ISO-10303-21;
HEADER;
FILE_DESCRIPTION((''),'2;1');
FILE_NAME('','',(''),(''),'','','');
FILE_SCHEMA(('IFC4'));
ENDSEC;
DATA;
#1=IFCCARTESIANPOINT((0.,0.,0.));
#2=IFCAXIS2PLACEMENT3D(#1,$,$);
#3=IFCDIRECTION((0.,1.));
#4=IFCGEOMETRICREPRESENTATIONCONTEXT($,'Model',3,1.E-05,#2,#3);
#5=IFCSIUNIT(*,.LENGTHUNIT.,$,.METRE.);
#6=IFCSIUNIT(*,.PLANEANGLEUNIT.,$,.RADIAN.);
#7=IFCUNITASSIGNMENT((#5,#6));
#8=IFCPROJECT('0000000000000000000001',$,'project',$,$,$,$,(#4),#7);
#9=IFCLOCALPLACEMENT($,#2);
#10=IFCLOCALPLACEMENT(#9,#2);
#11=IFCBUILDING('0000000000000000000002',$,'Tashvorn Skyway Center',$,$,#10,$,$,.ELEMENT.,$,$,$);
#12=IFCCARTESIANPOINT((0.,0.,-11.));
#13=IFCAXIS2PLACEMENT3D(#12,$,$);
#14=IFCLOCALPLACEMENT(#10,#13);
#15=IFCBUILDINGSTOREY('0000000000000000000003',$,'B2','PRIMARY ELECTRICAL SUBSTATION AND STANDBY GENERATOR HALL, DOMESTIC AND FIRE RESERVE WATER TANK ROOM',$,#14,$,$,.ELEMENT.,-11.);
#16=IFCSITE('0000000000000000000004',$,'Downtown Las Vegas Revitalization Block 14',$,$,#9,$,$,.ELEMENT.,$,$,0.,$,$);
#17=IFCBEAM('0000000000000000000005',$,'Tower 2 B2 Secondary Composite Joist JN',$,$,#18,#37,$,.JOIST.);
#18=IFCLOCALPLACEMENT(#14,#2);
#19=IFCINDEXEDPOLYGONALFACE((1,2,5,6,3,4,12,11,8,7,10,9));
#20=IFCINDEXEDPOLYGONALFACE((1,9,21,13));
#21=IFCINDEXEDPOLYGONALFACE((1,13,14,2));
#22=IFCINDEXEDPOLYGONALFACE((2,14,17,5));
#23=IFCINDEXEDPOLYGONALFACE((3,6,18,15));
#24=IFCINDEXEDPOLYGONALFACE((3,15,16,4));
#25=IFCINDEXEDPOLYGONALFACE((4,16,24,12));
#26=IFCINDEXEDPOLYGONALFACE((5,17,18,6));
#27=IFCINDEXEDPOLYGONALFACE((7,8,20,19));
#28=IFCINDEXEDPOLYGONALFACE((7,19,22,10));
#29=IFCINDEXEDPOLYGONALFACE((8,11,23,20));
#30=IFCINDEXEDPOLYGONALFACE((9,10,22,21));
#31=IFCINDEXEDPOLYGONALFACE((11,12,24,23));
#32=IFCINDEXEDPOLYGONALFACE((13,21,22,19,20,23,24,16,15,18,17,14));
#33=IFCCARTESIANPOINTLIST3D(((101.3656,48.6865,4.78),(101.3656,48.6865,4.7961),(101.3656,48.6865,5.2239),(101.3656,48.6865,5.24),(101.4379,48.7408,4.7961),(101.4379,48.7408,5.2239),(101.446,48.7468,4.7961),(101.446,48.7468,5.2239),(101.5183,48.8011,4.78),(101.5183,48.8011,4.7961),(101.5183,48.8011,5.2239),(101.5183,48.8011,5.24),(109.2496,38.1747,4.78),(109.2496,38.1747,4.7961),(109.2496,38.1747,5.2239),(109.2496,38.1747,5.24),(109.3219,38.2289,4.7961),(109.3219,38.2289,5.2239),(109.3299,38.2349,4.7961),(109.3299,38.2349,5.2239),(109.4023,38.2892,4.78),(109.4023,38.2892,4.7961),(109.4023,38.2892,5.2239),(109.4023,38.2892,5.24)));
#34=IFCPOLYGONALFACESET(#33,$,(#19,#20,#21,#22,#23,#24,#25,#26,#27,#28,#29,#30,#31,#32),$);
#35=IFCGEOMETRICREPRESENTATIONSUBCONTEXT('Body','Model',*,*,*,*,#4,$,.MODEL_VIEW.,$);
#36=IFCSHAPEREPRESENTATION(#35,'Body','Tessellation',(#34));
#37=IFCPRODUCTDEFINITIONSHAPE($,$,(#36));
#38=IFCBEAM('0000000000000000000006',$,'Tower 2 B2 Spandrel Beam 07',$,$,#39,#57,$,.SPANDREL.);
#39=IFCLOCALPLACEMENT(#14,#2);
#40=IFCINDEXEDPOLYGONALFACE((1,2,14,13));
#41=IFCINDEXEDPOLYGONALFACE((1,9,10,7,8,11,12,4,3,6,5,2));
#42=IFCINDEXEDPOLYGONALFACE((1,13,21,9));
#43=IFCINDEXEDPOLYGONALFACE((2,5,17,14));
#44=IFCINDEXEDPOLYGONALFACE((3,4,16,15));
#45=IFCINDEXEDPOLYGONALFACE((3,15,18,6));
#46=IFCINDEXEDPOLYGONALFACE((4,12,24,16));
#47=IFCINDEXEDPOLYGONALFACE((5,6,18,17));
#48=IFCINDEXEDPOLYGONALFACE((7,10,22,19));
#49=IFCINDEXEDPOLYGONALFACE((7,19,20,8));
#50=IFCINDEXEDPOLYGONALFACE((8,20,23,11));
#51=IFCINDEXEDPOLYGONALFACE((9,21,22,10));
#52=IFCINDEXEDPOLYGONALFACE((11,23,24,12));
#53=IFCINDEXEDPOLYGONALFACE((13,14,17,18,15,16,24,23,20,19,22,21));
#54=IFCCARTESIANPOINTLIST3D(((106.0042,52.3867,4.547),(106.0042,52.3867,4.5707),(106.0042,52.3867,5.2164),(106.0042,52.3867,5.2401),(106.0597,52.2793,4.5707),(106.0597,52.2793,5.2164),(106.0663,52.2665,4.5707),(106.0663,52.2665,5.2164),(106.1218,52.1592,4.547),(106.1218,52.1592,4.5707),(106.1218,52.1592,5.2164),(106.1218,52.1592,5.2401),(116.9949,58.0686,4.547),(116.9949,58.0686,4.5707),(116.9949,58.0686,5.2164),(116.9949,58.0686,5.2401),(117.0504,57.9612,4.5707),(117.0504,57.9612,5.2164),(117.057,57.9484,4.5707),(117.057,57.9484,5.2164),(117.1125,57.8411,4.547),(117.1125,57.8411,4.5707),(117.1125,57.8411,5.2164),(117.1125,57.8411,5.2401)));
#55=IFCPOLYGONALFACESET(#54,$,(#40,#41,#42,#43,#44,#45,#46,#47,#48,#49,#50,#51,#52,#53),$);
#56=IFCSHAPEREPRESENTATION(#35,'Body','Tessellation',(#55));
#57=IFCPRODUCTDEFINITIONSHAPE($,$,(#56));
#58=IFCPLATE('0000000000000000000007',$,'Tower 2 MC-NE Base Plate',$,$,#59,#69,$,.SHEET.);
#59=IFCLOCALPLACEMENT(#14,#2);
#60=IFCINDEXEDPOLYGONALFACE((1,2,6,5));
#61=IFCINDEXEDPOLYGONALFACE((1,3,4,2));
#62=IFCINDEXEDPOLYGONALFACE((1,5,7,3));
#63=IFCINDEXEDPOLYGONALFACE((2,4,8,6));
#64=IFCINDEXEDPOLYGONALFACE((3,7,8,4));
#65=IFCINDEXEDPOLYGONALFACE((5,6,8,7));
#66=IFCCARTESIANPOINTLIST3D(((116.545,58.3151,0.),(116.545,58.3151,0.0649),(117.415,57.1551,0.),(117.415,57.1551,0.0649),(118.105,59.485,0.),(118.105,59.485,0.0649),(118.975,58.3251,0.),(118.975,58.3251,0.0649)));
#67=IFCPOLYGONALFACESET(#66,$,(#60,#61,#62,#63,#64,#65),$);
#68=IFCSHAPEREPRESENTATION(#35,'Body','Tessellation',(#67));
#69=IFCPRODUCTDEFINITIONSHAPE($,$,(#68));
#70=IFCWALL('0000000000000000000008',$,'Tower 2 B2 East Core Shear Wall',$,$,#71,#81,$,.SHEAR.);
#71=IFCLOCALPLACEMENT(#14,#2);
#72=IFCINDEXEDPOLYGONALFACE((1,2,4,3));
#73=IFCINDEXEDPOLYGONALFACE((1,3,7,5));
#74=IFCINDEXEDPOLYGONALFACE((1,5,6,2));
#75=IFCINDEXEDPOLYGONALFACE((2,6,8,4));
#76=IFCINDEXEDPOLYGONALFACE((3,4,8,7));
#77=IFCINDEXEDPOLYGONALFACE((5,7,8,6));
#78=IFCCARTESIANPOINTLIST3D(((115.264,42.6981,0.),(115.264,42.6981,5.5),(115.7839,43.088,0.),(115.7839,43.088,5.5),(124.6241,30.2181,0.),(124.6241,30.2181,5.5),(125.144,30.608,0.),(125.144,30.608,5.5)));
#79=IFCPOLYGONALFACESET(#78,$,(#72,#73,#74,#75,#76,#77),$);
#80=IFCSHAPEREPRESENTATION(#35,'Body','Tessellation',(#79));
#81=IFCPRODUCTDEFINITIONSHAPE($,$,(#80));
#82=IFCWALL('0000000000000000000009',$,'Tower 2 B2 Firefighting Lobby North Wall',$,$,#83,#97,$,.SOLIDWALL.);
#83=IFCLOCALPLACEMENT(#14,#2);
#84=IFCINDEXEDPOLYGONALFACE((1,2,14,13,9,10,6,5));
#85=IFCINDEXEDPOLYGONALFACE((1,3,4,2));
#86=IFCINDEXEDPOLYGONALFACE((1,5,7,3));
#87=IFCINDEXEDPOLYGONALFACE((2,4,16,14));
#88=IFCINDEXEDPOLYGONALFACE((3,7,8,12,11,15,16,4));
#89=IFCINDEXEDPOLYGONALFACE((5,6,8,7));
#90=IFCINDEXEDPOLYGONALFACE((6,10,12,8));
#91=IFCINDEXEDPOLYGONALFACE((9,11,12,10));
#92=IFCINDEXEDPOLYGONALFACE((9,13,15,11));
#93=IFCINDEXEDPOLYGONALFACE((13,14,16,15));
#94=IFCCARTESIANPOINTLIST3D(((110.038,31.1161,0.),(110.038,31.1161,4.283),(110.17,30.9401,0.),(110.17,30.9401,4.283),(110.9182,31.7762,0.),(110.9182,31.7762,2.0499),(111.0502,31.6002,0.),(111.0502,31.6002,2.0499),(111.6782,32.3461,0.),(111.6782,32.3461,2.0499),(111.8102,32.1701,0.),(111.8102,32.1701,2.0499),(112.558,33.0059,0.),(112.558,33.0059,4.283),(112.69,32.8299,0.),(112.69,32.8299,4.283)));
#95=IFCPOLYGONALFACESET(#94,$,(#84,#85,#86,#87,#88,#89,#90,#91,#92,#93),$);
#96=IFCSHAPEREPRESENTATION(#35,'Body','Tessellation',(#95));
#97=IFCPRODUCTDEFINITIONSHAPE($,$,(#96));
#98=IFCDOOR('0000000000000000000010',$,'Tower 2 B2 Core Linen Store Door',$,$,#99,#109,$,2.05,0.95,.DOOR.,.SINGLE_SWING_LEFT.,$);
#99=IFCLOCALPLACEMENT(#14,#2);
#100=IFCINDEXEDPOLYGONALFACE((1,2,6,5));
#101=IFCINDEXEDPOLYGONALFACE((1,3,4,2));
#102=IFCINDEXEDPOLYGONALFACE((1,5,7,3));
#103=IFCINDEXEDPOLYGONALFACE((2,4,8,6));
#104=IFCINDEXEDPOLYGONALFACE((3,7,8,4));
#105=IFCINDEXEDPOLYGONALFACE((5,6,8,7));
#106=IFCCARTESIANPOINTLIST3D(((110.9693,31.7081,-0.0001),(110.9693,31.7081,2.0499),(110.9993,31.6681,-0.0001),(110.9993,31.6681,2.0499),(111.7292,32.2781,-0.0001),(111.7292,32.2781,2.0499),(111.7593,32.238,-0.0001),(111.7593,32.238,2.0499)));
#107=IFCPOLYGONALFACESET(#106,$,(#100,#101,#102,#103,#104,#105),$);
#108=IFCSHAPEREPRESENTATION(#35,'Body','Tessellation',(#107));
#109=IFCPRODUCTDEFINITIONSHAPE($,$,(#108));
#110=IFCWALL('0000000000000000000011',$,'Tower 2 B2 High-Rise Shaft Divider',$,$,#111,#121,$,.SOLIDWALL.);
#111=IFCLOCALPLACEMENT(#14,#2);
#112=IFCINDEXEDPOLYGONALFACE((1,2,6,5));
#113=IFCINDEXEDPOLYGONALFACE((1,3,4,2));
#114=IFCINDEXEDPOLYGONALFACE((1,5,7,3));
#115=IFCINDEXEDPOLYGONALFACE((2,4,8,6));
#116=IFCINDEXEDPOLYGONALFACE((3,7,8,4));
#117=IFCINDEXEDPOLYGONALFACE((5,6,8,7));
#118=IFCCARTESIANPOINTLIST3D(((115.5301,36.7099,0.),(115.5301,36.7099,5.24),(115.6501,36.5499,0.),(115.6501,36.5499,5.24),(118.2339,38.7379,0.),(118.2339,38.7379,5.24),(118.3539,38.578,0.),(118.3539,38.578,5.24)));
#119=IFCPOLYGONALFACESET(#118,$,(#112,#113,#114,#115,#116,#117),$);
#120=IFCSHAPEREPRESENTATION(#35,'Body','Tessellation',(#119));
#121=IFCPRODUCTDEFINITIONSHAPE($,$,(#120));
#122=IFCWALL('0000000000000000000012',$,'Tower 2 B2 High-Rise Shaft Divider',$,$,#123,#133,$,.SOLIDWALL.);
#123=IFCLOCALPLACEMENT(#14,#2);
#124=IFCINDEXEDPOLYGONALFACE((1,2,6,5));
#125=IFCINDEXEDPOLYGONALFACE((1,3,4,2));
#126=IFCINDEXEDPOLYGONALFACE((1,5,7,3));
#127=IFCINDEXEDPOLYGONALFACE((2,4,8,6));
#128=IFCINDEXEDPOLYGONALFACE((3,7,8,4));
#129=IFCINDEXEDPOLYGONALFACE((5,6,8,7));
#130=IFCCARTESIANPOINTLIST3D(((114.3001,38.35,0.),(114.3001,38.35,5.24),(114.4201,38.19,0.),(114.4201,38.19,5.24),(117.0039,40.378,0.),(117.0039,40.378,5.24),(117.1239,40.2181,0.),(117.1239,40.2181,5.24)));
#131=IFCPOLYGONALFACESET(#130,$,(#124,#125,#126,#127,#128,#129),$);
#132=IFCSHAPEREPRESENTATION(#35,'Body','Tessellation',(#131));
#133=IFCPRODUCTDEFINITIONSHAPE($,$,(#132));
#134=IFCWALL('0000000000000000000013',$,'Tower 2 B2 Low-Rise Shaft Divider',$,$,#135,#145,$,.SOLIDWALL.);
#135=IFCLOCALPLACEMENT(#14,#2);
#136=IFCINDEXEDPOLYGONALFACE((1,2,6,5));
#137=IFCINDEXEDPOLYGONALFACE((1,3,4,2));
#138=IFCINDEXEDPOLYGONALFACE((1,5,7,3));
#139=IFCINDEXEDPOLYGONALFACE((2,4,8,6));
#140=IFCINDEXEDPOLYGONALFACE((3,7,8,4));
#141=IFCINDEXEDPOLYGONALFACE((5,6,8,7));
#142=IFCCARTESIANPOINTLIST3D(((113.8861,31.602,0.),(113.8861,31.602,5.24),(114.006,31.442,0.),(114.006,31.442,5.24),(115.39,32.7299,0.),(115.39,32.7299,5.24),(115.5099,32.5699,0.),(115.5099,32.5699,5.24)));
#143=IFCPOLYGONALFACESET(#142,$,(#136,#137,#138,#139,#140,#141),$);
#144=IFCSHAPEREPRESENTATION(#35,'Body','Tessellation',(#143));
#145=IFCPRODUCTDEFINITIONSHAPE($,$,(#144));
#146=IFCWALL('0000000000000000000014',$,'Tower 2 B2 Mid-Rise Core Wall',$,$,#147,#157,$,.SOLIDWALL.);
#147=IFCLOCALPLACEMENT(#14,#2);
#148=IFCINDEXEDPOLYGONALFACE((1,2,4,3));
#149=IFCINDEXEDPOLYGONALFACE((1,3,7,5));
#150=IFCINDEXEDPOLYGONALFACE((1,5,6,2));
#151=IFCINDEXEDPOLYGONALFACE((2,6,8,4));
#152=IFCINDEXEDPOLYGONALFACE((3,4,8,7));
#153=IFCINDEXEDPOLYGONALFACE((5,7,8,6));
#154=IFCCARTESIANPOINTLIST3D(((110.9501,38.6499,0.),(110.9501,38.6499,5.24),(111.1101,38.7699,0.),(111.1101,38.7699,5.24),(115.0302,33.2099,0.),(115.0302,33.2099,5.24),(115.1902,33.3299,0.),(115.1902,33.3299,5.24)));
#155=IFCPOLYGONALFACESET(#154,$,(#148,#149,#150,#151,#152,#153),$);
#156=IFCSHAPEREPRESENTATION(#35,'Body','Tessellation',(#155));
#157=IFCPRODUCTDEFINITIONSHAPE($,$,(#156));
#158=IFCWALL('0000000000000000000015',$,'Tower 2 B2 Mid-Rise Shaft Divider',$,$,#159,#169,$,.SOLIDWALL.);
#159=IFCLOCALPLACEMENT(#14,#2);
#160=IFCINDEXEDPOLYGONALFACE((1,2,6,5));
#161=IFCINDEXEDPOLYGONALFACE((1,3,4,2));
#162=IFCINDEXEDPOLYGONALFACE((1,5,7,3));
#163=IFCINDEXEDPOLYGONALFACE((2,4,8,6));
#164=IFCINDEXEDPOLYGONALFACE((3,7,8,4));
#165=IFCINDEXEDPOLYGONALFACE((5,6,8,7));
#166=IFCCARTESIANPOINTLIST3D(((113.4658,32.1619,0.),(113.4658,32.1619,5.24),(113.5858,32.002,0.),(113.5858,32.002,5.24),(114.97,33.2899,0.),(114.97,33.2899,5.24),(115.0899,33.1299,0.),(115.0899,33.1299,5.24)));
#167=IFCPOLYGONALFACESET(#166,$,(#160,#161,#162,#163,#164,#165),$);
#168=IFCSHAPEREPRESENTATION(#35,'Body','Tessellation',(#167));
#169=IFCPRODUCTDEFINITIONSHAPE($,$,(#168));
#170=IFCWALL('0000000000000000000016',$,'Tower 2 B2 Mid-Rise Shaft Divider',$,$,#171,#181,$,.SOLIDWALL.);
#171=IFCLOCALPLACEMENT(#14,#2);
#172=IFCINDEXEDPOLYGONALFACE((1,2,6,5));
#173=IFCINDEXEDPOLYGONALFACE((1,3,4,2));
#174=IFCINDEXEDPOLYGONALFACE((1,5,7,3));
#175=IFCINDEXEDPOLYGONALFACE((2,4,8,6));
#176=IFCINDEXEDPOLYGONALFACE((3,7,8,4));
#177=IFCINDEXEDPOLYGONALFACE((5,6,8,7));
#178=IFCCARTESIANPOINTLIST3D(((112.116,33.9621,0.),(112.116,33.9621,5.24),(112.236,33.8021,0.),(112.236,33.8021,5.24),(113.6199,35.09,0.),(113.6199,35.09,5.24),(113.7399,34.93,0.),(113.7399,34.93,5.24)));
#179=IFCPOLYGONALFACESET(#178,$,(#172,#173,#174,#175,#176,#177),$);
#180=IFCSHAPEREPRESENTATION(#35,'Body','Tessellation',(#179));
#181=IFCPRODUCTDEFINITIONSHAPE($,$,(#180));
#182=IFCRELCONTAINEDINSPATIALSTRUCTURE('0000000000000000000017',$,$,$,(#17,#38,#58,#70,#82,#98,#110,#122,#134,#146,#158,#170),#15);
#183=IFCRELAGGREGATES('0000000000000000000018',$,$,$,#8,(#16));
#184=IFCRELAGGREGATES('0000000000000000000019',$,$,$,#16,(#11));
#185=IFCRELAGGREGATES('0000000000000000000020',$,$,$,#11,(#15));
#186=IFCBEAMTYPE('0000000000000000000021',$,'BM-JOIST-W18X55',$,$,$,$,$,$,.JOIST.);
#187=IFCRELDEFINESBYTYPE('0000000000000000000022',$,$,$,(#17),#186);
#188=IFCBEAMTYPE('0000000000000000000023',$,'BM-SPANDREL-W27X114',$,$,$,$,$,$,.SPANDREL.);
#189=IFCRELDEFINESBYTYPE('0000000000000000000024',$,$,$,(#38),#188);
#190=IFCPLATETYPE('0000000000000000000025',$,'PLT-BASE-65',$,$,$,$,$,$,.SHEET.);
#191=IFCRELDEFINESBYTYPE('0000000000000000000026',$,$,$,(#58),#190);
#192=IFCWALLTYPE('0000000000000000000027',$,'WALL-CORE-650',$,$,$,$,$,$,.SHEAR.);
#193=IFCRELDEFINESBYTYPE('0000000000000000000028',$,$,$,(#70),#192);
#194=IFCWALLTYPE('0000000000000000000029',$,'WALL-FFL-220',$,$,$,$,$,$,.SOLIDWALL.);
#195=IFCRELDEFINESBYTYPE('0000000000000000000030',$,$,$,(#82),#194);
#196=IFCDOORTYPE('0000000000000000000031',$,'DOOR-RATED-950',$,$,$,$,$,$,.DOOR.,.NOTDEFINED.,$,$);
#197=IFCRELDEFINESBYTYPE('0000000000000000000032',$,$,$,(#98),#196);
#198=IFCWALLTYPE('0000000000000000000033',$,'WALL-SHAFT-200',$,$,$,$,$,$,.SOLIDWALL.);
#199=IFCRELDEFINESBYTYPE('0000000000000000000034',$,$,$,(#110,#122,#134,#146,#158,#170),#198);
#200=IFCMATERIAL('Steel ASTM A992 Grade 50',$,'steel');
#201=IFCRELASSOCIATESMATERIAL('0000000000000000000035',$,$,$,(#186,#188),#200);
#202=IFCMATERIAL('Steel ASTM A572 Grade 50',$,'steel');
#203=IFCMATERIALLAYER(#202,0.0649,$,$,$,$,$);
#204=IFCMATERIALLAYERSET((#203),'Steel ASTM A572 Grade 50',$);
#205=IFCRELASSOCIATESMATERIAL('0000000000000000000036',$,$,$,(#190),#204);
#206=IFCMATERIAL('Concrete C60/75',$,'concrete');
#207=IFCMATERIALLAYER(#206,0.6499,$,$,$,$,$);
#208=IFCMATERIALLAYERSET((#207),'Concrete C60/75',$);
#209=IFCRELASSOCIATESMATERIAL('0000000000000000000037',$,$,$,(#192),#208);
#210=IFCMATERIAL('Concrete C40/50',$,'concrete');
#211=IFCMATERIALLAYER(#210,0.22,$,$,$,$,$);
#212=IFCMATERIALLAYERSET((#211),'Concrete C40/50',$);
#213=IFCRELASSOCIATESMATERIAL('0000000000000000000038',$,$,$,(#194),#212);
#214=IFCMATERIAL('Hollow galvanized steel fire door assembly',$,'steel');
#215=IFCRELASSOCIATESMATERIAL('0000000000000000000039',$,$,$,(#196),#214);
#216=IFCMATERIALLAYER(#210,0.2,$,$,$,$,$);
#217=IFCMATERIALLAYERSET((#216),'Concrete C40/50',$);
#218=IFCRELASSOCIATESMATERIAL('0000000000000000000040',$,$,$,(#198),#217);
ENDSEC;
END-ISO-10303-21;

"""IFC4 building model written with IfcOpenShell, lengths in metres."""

from ifc_helpers import new_model, si_unit, direction, frame, frame_2d, origin, origin_2d, place, context, subcontext, project, spatial, rectangle, i_section, extrude, material, layer, layer_set, material_profile, profile_set, type_object, element, fill, save


model = new_model("IFC4")

# Units and contexts
model_context = context("Model", 3, precision=1e-05, world=origin(), true_north=direction((0.0, 1.0)))
body_context = subcontext(model_context, "Body", "Model", "MODEL_VIEW")
ifc_project = project(units=[si_unit("LENGTHUNIT", "METRE"), si_unit("PLANEANGLEUNIT", "RADIAN")], contexts=[model_context])

# Site, building, storey
site_placement = place(None, origin())
site = spatial("IfcSite", under=ifc_project, at=site_placement, Name="Downtown Las Vegas Revitalization Block 14", CompositionType="ELEMENT", RefElevation=0.0)
building_placement = place(site_placement, origin())
building = spatial("IfcBuilding", under=site, at=building_placement, Name="Tashvorn Skyway Center", CompositionType="ELEMENT")
storey_placement = place(building_placement, frame((0.0, 0.0, -11.0)))
storey = spatial("IfcBuildingStorey", under=building, at=storey_placement, Name="B2", Description="PRIMARY ELECTRICAL SUBSTATION AND STANDBY GENERATOR HALL, DOMESTIC AND FIRE RESERVE WATER TANK ROOM", CompositionType="ELEMENT", Elevation=-11.0)

# Shared definitions
ifc_material_1 = material(Name="Steel ASTM A572 Grade 50", Category="steel")

# Beams
ifc_material_2 = material(Name="Steel ASTM A992 Grade 50", Category="steel")
ifc_material_profile_1 = material_profile(ifc_material_2, i_section(OverallWidth=0.1909, OverallDepth=0.46, WebThickness=0.01, FlangeThickness=0.0161, at=origin_2d()), Name="W18X55")
ifc_profile_set_1 = profile_set([ifc_material_profile_1], Name="Steel ASTM A992 Grade 50")
beam_type_1 = type_object("IfcBeamType", Name="BM-JOIST-W18X55", PredefinedType="JOIST", material=ifc_profile_set_1)
beam_1_placement = place(storey_placement, frame((109.3259, 38.2319, 5.01), z_axis=(-0.600003, 0.799998, 0.0), x_axis=(-0.799998, -0.600003, 0.0)))
element("IfcBeam", 1, at=beam_1_placement, inside=storey, type_object=beam_type_1, Name="Tower 2 B2 Secondary Composite Joist JN", PredefinedType="JOIST", context=body_context, shape_type="SweptSolid", body=[
    extrude(i_section(OverallWidth=0.1909, OverallDepth=0.46, WebThickness=0.01, FlangeThickness=0.0161, at=origin_2d()), origin(), (0.0, 0.0, 1.0), 13.1399),
])
ifc_material_profile_2 = material_profile(ifc_material_2, i_section(OverallWidth=0.2561, OverallDepth=0.6931, WebThickness=0.0144, FlangeThickness=0.0237, at=origin_2d()), Name="W27X114")
ifc_profile_set_2 = profile_set([ifc_material_profile_2], Name="Steel ASTM A992 Grade 50")
beam_type_2 = type_object("IfcBeamType", Name="BM-SPANDREL-W27X114", PredefinedType="SPANDREL", material=ifc_profile_set_2)
beam_2_placement = place(storey_placement, frame((117.0537, 57.9548, 4.8936), z_axis=(-0.888316, -0.459233, 0.0), x_axis=(0.459233, -0.888316, 0.0)))
element("IfcBeam", 2, at=beam_2_placement, inside=storey, type_object=beam_type_2, Name="Tower 2 B2 Spandrel Beam 07", PredefinedType="SPANDREL", context=body_context, shape_type="SweptSolid", body=[
    extrude(i_section(OverallWidth=0.2561, OverallDepth=0.6931, WebThickness=0.0144, FlangeThickness=0.0237, at=origin_2d()), origin(), (0.0, 0.0, 1.0), 12.3726),
])

# Plate
ifc_layer_1 = layer(ifc_material_1, 0.0649)
ifc_layer_set_1 = layer_set([ifc_layer_1], Name="Steel ASTM A572 Grade 50")
plate_type = type_object("IfcPlateType", Name="PLT-BASE-65", PredefinedType="SHEET", material=ifc_layer_set_1)
plate_placement = place(storey_placement, frame((117.76, 58.3201, 0.0), z_axis=(0.0, 0.0, 1.0), x_axis=(0.8, 0.6, 0.0)))
element("IfcPlate", 3, at=plate_placement, inside=storey, type_object=plate_type, Name="Tower 2 MC-NE Base Plate", PredefinedType="SHEET", context=body_context, shape_type="SweptSolid", body=[
    extrude(rectangle(XDim=1.95, YDim=1.45, at=origin_2d()), origin(), (0.0, 0.0, 1.0), 0.0649),
])

# Wall
ifc_material_3 = material(Name="Concrete C60/75", Category="concrete")
ifc_layer_2 = layer(ifc_material_3, 0.6499)
ifc_layer_set_2 = layer_set([ifc_layer_2], Name="Concrete C60/75")
wall_type_1 = type_object("IfcWallType", Name="WALL-CORE-650", PredefinedType="SHEAR", material=ifc_layer_set_2)
wall_1_placement = place(storey_placement, frame((115.5239, 42.8931, 0.0), z_axis=(0.0, 0.0, 1.0), x_axis=(0.600005, -0.799996, 0.0)))
element("IfcWall", 4, at=wall_1_placement, inside=storey, type_object=wall_type_1, Name="Tower 2 B2 East Core Shear Wall", PredefinedType="SHEAR", context=body_context, shape_type="SweptSolid", body=[
    extrude(rectangle(XDim=15.6001, YDim=0.6499, at=frame_2d((7.8, 0.0))), origin(), (0.0, 0.0, 1.0), 5.5),
])

# Wall, opening, door
ifc_material_4 = material(Name="Concrete C40/50", Category="concrete")
ifc_layer_3 = layer(ifc_material_4, 0.22)
ifc_layer_set_3 = layer_set([ifc_layer_3], Name="Concrete C40/50")
wall_type_2 = type_object("IfcWallType", Name="WALL-FFL-220", PredefinedType="SOLIDWALL", material=ifc_layer_set_3)
wall_2_placement = place(storey_placement, frame((110.104, 31.0281, 0.0), z_axis=(0.0, 0.0, 1.0), x_axis=(0.800019, 0.599975, 0.0)))
wall_2 = element("IfcWall", 5, at=wall_2_placement, inside=storey, type_object=wall_type_2, Name="Tower 2 B2 Firefighting Lobby North Wall", PredefinedType="SOLIDWALL", context=body_context, shape_type="SweptSolid", body=[
    extrude(rectangle(XDim=3.1499, YDim=0.22, at=frame_2d((1.575, 0.0))), origin(), (0.0, 0.0, 1.0), 4.283),
])
opening_1_placement = place(wall_2_placement, frame((1.1001, 0.0, 0.0)))
opening_1 = element("IfcOpeningElement", 6, at=opening_1_placement, cuts=wall_2, PredefinedType="OPENING", context=body_context, shape_type="SweptSolid", body=[
    extrude(rectangle(XDim=0.95, YDim=2.05, at=frame_2d((0.4751, 1.0249))), frame((0.0, 0.1199, 0.0), z_axis=(0.0, -1.0, 0.0), x_axis=(1.0, 0.0, 0.0)), (0.0, 0.0, 1.0), 0.24),
])
ifc_material_5 = material(Name="Hollow galvanized steel fire door assembly", Category="steel")
door_type_1 = type_object("IfcDoorType", Name="DOOR-RATED-950", OperationType="NOTDEFINED", PredefinedType="DOOR", material=ifc_material_5)
door_1_placement = place(opening_1_placement, origin())
door_1 = element("IfcDoor", 7, at=door_1_placement, inside=storey, type_object=door_type_1, Name="Tower 2 B2 Core Linen Store Door", OperationType="SINGLE_SWING_LEFT", OverallHeight=2.05, OverallWidth=0.95, PredefinedType="DOOR", context=body_context, shape_type="SweptSolid", body=[
    extrude(rectangle(XDim=0.95, YDim=2.05, at=frame_2d((0.4751, 1.0249))), frame((0.0, 0.0249, 0.0), z_axis=(0.0, -1.0, 0.0), x_axis=(1.0, 0.0, 0.0)), (0.0, 0.0, 1.0), 0.05),
])
fill(opening_1, door_1)

# Walls
ifc_layer_4 = layer(ifc_material_4, 0.2)
ifc_layer_set_4 = layer_set([ifc_layer_4], Name="Concrete C40/50")
wall_type_3 = type_object("IfcWallType", Name="WALL-SHAFT-200", PredefinedType="SOLIDWALL", material=ifc_layer_set_4)
for number, where, z_axis, x_axis, name in (
    (8, (115.5901, 36.6299, 0.0), (0.0, 0.0, 1.0), (0.799974, 0.600035, 0.0), "Tower 2 B2 High-Rise Shaft Divider"),
    (9, (114.3601, 38.27, 0.0), (0.0, 0.0, 1.0), (0.799974, 0.600035, 0.0), "Tower 2 B2 High-Rise Shaft Divider"),
):
    element("IfcWall", number, at=place(storey_placement, frame(where, z_axis=z_axis, x_axis=x_axis)), inside=storey, type_object=wall_type_3, Name=name, PredefinedType="SOLIDWALL", context=body_context, shape_type="SweptSolid", body=[
        extrude(rectangle(XDim=3.3799, YDim=0.2, at=frame_2d((1.6899, 0.0))), origin(), (0.0, 0.0, 1.0), 5.24),
    ])
wall_3_placement = place(storey_placement, frame((113.946, 31.522, 0.0), z_axis=(0.0, 0.0, 1.0), x_axis=(0.8, 0.6, 0.0)))
element("IfcWall", 10, at=wall_3_placement, inside=storey, type_object=wall_type_3, Name="Tower 2 B2 Low-Rise Shaft Divider", PredefinedType="SOLIDWALL", context=body_context, shape_type="SweptSolid", body=[
    extrude(rectangle(XDim=1.8799, YDim=0.2, at=frame_2d((0.9399, 0.0))), origin(), (0.0, 0.0, 1.0), 5.24),
])
wall_4_placement = place(storey_placement, frame((115.1101, 33.27, 0.0), z_axis=(0.0, 0.0, 1.0), x_axis=(-0.600011, 0.799991, 0.0)))
element("IfcWall", 11, at=wall_4_placement, inside=storey, type_object=wall_type_3, Name="Tower 2 B2 Mid-Rise Core Wall", PredefinedType="SOLIDWALL", context=body_context, shape_type="SweptSolid", body=[
    extrude(rectangle(XDim=6.8, YDim=0.2, at=frame_2d((3.3999, 0.0))), origin(), (0.0, 0.0, 1.0), 5.24),
])
wall_5_placement = place(storey_placement, frame((113.5259, 32.082, 0.0), z_axis=(0.0, 0.0, 1.0), x_axis=(0.800047, 0.599938, 0.0)))
element("IfcWall", 12, at=wall_5_placement, inside=storey, type_object=wall_type_3, Name="Tower 2 B2 Mid-Rise Shaft Divider", PredefinedType="SOLIDWALL", context=body_context, shape_type="SweptSolid", body=[
    extrude(rectangle(XDim=1.8801, YDim=0.2, at=frame_2d((0.9399, 0.0))), origin(), (0.0, 0.0, 1.0), 5.24),
])
wall_6_placement = place(storey_placement, frame((112.176, 33.8821, 0.0), z_axis=(0.0, 0.0, 1.0), x_axis=(0.8, 0.6, 0.0)))
element("IfcWall", 13, at=wall_6_placement, inside=storey, type_object=wall_type_3, Name="Tower 2 B2 Mid-Rise Shaft Divider", PredefinedType="SOLIDWALL", context=body_context, shape_type="SweptSolid", body=[
    extrude(rectangle(XDim=1.8799, YDim=0.2, at=frame_2d((0.9399, 0.0))), origin(), (0.0, 0.0, 1.0), 5.24),
])

save(model, "model.ifc")
